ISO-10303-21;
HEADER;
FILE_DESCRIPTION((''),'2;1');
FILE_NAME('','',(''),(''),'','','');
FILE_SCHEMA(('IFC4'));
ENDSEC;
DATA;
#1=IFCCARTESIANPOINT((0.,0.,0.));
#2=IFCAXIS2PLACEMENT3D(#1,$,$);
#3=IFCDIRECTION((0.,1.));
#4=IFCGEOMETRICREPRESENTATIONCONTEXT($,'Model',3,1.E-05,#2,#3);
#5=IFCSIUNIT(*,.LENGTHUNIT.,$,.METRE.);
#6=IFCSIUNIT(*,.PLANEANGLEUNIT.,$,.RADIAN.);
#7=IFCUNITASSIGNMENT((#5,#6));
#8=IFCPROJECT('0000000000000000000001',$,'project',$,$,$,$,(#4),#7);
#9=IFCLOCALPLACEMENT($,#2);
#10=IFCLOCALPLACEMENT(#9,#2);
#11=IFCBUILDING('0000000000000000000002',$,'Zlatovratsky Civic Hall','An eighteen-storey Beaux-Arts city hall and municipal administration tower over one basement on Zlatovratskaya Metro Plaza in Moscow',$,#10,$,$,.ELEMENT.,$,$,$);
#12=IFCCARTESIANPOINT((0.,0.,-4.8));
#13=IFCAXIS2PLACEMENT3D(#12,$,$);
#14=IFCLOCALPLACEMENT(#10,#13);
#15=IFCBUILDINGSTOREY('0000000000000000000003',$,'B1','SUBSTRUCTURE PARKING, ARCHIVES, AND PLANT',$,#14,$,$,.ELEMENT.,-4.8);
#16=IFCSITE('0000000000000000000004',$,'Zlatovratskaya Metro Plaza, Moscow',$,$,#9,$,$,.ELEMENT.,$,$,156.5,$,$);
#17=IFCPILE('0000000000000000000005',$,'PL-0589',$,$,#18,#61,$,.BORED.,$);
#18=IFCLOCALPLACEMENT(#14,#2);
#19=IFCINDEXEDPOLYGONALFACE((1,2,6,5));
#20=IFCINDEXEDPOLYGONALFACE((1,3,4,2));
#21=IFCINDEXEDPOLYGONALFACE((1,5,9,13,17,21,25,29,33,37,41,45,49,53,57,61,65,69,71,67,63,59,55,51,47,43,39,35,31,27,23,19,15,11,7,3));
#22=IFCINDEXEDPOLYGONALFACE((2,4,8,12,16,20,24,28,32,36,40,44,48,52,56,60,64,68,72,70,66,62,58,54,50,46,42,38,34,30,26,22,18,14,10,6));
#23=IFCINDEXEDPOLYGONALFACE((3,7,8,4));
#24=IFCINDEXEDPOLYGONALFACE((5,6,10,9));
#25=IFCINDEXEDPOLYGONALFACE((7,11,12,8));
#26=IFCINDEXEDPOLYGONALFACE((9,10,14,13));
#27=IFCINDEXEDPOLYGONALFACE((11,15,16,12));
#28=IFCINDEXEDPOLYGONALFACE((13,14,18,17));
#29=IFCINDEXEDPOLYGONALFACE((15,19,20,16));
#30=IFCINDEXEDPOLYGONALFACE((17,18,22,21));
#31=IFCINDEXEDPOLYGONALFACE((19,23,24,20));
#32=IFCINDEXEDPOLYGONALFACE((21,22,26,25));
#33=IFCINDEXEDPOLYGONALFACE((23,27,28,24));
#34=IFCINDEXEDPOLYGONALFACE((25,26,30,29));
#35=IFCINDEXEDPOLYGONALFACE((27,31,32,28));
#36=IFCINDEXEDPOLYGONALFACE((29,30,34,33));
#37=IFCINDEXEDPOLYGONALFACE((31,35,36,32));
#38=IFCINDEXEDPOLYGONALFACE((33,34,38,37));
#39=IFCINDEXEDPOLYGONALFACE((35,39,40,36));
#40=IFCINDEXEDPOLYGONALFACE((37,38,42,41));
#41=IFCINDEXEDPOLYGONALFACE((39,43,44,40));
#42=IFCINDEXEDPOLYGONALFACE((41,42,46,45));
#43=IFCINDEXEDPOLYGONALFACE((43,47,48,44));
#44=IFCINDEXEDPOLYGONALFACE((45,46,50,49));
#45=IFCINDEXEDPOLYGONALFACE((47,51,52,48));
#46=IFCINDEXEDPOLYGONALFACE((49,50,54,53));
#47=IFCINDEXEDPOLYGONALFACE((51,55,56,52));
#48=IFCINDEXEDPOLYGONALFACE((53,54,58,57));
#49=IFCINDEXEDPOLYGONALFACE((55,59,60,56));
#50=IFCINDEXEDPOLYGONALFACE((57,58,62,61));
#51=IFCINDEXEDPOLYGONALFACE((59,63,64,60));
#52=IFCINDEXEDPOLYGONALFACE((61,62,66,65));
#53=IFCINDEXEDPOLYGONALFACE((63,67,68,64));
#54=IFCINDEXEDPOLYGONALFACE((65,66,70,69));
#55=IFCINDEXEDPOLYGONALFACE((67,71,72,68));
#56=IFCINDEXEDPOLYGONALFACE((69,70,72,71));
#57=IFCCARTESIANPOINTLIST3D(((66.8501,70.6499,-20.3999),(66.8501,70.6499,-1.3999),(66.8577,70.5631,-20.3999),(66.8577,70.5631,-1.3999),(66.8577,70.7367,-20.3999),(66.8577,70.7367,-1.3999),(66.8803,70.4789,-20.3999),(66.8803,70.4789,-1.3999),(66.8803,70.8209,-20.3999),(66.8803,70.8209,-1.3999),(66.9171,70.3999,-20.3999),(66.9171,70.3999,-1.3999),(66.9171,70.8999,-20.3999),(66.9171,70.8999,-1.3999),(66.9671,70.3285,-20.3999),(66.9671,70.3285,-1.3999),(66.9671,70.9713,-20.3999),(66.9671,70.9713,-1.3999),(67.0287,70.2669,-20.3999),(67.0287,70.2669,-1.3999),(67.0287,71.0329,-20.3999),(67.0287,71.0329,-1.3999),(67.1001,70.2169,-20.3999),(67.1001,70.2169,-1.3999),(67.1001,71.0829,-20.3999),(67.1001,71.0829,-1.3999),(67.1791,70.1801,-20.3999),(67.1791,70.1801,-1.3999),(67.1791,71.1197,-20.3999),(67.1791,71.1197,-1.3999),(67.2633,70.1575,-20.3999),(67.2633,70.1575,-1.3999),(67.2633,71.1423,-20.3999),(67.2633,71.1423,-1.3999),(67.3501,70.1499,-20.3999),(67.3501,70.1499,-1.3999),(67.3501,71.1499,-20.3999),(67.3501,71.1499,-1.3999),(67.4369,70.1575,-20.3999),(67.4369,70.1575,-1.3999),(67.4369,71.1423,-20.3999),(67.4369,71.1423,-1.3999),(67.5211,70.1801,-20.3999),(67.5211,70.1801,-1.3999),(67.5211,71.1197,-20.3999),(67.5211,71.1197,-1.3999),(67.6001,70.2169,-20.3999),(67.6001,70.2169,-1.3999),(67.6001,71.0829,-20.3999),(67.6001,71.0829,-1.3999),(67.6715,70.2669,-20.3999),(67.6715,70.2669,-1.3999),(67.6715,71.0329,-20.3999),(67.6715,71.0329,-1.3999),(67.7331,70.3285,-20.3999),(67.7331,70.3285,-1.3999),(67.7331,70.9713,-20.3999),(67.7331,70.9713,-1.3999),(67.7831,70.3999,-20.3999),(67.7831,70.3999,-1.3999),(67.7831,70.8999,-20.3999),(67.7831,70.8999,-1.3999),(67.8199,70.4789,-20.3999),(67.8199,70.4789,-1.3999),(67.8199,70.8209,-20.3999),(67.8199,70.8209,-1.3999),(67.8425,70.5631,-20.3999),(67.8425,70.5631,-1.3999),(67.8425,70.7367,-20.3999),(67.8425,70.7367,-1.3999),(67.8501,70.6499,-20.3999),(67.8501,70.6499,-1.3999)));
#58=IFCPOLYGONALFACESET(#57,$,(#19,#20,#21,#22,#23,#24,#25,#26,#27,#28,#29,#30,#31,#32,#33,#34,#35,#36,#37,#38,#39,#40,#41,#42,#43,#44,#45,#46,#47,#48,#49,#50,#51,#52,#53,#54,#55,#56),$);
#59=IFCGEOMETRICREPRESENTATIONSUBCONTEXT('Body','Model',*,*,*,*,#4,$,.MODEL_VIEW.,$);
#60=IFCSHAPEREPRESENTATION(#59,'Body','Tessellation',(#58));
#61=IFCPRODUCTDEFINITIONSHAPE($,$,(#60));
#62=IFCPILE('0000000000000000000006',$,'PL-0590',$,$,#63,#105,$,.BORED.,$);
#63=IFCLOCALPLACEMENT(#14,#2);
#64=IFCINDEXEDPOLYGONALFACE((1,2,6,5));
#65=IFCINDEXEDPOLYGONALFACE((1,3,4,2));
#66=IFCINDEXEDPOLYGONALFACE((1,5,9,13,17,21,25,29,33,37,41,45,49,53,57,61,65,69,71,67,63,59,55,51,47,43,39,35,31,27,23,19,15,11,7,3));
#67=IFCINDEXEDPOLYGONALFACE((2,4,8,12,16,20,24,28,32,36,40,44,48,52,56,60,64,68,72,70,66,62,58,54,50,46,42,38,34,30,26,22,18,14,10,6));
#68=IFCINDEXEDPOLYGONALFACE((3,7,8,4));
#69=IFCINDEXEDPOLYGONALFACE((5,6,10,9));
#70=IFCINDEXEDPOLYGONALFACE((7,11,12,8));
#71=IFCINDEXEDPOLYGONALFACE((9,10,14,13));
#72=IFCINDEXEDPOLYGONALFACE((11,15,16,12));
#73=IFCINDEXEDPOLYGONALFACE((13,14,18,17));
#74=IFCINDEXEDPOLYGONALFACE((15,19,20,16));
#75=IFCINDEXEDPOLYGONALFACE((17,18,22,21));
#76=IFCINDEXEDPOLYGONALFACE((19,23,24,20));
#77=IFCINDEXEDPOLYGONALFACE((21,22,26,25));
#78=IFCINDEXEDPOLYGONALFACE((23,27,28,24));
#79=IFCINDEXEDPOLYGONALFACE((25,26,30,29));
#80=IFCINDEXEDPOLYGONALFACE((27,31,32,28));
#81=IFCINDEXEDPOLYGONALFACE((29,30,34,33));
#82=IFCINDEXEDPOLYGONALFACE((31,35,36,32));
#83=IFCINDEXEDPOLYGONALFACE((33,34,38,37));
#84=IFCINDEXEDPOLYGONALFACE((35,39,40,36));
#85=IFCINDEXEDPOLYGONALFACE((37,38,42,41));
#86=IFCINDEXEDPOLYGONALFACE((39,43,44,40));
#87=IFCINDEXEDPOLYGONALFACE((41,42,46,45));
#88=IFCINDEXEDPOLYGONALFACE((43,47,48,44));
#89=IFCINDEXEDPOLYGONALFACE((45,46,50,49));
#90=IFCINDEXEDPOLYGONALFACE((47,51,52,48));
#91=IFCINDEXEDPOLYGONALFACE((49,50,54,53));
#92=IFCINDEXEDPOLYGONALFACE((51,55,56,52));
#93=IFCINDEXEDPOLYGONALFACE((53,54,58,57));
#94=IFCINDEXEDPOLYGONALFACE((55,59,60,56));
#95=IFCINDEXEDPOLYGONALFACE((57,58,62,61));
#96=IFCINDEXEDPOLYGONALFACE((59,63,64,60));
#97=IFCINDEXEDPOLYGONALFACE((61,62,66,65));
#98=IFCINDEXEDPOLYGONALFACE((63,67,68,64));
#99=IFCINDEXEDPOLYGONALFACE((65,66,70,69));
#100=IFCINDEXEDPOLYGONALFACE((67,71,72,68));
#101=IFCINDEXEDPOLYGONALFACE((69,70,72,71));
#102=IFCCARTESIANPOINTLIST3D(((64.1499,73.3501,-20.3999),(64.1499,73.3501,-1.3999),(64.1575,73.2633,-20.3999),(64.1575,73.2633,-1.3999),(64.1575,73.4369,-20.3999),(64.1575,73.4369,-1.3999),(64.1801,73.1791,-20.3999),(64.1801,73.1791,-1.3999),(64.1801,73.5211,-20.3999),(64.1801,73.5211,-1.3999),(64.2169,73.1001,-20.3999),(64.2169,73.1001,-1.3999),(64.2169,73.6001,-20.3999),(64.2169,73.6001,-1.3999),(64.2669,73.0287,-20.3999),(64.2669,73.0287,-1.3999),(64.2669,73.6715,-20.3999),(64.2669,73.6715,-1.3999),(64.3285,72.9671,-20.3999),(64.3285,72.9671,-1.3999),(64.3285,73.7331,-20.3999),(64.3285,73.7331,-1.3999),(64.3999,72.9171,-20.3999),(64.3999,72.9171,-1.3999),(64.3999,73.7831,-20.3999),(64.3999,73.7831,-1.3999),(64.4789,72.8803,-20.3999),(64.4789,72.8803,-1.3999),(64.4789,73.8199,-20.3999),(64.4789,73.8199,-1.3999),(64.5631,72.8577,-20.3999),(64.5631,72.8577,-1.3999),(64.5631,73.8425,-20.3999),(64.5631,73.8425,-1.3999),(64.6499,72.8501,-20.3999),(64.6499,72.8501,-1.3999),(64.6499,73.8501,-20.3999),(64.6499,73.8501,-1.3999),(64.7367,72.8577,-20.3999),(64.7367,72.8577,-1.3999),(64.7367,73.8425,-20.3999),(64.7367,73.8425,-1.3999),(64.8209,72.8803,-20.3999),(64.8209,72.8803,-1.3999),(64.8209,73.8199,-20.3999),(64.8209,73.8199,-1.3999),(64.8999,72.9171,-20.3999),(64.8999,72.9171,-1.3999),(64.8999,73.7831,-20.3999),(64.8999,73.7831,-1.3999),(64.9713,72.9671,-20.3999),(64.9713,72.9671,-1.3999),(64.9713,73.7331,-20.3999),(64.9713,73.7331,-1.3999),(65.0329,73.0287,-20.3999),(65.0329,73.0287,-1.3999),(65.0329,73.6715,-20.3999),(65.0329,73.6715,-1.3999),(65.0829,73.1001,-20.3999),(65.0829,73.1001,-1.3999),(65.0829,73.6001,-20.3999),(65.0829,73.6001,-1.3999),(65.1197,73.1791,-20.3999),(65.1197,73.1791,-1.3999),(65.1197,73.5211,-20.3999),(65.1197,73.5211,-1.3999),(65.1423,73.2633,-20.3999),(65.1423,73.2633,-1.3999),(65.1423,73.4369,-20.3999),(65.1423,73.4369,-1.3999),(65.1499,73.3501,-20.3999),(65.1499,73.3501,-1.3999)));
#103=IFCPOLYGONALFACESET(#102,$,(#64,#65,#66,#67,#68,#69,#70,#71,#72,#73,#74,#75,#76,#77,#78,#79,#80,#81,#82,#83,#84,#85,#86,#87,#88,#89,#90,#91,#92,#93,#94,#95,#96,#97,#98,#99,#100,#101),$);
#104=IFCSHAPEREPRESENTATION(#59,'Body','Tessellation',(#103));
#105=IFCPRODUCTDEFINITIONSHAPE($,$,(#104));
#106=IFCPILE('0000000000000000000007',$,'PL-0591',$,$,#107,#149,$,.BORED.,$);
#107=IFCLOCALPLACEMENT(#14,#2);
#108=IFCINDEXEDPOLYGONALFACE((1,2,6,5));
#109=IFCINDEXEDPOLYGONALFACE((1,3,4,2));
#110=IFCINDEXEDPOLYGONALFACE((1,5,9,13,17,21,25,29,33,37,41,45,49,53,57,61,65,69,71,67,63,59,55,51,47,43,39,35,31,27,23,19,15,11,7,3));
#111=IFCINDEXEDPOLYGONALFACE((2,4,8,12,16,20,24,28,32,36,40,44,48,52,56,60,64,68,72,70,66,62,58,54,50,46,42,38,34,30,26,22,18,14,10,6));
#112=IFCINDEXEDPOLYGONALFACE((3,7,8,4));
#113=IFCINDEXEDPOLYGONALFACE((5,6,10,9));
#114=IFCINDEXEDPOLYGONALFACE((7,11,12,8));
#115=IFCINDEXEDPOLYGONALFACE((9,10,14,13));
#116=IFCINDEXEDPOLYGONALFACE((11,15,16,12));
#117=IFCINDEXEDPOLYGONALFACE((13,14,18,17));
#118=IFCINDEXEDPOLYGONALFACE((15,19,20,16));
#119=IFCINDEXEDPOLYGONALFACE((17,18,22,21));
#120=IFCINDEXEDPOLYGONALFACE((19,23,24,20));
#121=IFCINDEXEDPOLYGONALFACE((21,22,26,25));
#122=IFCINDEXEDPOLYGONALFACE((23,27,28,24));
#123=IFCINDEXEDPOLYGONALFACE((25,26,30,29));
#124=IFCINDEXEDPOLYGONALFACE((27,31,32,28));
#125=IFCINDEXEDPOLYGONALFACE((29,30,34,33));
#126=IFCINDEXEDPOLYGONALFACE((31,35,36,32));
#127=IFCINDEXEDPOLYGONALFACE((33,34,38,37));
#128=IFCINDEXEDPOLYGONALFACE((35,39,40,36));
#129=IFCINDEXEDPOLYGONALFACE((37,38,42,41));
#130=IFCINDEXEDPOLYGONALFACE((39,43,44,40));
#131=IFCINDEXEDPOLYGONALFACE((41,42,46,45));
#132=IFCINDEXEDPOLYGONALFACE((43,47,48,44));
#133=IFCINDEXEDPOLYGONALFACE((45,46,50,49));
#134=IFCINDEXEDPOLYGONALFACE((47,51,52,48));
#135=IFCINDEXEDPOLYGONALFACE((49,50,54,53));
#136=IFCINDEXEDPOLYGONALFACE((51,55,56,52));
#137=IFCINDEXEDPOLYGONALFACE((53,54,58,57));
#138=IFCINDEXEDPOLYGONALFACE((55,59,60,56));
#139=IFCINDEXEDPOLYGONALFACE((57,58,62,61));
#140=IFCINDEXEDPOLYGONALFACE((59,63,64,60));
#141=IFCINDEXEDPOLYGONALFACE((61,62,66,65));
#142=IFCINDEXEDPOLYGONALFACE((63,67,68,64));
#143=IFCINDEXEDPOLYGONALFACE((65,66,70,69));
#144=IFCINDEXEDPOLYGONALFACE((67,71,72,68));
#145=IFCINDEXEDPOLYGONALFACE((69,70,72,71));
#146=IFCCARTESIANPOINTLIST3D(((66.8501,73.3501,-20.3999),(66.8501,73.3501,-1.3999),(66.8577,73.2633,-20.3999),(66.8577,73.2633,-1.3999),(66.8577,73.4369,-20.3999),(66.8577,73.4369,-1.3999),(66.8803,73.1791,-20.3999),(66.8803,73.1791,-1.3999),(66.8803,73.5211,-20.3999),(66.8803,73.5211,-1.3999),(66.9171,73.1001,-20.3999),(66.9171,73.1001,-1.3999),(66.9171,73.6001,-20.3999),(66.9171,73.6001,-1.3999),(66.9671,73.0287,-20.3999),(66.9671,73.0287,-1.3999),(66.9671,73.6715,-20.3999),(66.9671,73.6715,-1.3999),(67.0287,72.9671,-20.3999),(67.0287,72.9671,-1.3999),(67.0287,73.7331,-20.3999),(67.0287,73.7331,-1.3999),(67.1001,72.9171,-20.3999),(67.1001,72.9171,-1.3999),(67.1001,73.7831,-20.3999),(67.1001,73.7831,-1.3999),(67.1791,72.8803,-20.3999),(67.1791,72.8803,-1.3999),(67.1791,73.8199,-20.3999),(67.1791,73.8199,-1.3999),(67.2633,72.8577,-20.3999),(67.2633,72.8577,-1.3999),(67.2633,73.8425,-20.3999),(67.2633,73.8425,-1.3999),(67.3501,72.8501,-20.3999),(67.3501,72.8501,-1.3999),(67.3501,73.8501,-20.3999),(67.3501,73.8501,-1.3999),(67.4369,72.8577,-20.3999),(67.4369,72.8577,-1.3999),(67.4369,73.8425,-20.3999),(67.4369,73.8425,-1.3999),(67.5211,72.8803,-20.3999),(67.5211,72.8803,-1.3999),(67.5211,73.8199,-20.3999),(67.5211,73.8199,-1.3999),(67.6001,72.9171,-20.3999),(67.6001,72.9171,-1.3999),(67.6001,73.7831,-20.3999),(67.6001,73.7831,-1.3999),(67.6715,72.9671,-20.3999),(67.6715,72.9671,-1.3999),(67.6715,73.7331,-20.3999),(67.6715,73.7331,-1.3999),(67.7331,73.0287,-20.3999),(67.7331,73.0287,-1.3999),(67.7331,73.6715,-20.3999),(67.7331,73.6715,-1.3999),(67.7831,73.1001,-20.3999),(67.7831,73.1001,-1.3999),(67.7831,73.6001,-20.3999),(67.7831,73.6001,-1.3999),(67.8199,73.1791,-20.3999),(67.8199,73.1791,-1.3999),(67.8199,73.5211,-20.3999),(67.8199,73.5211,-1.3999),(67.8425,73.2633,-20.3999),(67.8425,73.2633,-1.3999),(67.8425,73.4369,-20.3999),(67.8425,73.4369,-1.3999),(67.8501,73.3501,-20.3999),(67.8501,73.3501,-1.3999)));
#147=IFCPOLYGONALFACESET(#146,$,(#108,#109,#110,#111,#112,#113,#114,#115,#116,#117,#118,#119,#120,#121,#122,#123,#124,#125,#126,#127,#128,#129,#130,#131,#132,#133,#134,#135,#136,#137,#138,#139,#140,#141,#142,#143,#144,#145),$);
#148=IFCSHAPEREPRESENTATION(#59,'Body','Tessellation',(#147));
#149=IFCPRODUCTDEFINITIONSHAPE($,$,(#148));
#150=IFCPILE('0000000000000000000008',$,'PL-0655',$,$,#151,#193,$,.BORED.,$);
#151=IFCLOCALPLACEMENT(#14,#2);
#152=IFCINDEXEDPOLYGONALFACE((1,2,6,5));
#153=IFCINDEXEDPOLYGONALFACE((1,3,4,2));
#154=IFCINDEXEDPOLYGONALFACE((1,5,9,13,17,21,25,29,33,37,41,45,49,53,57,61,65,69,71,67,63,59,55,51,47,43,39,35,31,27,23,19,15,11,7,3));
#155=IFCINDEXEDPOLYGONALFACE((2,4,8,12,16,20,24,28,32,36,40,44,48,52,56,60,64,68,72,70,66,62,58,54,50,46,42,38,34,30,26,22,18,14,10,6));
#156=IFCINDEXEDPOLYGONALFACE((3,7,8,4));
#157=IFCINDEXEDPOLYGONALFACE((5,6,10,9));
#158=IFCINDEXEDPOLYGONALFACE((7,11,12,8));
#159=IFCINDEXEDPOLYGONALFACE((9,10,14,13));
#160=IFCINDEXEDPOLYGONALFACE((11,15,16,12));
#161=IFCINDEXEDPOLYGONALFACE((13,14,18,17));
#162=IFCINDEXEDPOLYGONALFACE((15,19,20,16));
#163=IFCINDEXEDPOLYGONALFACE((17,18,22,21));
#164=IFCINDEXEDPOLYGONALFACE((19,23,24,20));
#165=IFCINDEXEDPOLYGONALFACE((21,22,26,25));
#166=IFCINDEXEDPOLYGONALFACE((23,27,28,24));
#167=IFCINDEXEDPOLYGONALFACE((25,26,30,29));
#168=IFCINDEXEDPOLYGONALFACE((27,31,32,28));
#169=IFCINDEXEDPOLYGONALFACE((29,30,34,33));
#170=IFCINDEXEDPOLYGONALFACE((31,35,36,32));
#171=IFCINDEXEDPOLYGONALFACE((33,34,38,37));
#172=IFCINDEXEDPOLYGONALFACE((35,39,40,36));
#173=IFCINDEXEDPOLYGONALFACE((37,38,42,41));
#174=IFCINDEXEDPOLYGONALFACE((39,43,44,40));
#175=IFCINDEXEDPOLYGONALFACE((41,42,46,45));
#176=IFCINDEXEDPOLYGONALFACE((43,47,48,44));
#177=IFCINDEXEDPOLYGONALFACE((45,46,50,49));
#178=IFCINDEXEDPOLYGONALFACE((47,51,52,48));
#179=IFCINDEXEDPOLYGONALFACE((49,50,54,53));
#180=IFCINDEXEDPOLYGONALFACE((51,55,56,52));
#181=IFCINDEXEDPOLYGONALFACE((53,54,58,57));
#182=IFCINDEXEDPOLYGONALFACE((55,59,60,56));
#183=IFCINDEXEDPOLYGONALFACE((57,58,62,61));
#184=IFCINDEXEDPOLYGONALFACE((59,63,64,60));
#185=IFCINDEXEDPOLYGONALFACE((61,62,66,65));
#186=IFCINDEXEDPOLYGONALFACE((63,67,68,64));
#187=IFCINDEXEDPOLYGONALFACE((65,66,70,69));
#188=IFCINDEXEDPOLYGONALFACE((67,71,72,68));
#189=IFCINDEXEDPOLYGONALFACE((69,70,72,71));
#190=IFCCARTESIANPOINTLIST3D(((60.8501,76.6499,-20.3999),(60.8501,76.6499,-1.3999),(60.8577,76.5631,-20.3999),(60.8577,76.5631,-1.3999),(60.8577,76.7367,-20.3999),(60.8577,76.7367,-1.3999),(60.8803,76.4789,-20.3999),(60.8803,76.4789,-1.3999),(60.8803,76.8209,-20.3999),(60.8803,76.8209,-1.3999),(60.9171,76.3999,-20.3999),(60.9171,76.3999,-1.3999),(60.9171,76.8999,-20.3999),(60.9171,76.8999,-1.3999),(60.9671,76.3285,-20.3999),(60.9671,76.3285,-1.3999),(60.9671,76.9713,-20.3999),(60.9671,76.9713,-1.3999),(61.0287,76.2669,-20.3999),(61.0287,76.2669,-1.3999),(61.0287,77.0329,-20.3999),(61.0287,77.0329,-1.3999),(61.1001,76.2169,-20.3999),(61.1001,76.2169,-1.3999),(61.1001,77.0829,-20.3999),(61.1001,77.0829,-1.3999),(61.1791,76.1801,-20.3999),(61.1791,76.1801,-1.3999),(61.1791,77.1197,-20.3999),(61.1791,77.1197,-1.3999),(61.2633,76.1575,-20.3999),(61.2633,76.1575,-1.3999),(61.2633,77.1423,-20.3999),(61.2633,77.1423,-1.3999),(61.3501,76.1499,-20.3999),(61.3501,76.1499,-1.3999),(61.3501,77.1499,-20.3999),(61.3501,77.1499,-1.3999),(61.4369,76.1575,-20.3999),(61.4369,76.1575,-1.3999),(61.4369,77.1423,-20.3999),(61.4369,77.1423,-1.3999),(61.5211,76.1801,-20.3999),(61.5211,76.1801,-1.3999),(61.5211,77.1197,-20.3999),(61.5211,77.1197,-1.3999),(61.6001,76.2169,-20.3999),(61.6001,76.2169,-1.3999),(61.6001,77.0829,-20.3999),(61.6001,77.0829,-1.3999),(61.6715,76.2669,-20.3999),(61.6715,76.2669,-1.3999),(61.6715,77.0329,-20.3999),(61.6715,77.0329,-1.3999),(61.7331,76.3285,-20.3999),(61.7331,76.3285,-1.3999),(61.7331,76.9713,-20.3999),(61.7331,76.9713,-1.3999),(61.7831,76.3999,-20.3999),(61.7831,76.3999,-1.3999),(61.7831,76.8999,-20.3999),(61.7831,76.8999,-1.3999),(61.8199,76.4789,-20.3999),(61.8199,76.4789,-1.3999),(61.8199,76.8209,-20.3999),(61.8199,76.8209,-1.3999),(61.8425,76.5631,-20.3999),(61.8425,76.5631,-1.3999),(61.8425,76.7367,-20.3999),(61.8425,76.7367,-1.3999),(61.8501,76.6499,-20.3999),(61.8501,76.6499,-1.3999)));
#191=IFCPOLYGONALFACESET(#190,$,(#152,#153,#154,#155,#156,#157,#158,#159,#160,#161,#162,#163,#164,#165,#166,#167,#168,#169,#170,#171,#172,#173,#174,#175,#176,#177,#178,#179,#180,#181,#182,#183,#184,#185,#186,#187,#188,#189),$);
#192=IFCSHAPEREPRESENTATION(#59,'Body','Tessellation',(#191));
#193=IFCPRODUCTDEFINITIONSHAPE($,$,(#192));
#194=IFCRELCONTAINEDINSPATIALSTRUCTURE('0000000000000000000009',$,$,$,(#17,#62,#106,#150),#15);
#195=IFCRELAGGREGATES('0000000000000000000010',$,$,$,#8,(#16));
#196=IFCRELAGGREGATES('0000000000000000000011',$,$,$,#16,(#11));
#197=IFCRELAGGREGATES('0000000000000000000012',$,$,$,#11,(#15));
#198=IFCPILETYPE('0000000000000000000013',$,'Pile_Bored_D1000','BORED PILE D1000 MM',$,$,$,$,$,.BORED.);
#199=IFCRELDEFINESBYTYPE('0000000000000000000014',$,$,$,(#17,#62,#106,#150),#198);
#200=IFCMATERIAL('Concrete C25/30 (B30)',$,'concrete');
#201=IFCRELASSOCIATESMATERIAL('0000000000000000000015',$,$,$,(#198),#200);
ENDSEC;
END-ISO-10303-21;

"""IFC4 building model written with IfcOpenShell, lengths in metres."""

from ifc_helpers import new_model, si_unit, direction, frame, origin, origin_2d, place, context, subcontext, project, spatial, circle, extrude, material, material_profile, profile_set, type_object, element, save


model = new_model("IFC4")

# Units and contexts
model_context = context("Model", 3, precision=1e-05, world=origin(), true_north=direction((0.0, 1.0)))
body_context = subcontext(model_context, "Body", "Model", "MODEL_VIEW")
ifc_project = project(units=[si_unit("LENGTHUNIT", "METRE"), si_unit("PLANEANGLEUNIT", "RADIAN")], contexts=[model_context])

# Site, building, storey
site_placement = place(None, origin())
site = spatial("IfcSite", under=ifc_project, at=site_placement, Name="Zlatovratskaya Metro Plaza, Moscow", CompositionType="ELEMENT", RefElevation=156.5)
building_placement = place(site_placement, origin())
building = spatial("IfcBuilding", under=site, at=building_placement, Name="Zlatovratsky Civic Hall", Description="An eighteen-storey Beaux-Arts city hall and municipal administration tower over one basement on Zlatovratskaya Metro Plaza in Moscow", CompositionType="ELEMENT")
storey_placement = place(building_placement, frame((0.0, 0.0, -4.8)))
storey = spatial("IfcBuildingStorey", under=building, at=storey_placement, Name="B1", Description="SUBSTRUCTURE PARKING, ARCHIVES, AND PLANT", CompositionType="ELEMENT", Elevation=-4.8)

# Shared definitions
ifc_material_1 = material(Name="Concrete C25/30 (B30)", Category="concrete")

# Piles
ifc_material_profile_1 = material_profile(ifc_material_1, circle(Radius=0.5, at=origin_2d()), Name="PILE D1000")
ifc_profile_set_1 = profile_set([ifc_material_profile_1], Name="Concrete C25/30 (B30)")
pile_type_1 = type_object("IfcPileType", Name="Pile_Bored_D1000", Description="BORED PILE D1000 MM", PredefinedType="BORED", material=ifc_profile_set_1)
for number, where, z_axis, x_axis, name in (
    (1, (67.3501, 70.6499, -1.3999), (0.0, 0.0, -1.0), (1.0, 0.0, 0.0), "PL-0589"),
    (2, (64.6499, 73.3501, -1.3999), (0.0, 0.0, -1.0), (1.0, 0.0, 0.0), "PL-0590"),
    (3, (67.3501, 73.3501, -1.3999), (0.0, 0.0, -1.0), (1.0, 0.0, 0.0), "PL-0591"),
    (4, (61.3501, 76.6499, -1.3999), (0.0, 0.0, -1.0), (1.0, 0.0, 0.0), "PL-0655"),
):
    element("IfcPile", number, at=place(storey_placement, frame(where, z_axis=z_axis, x_axis=x_axis)), inside=storey, type_object=pile_type_1, Name=name, PredefinedType="BORED", context=body_context, shape_type="SweptSolid", body=[
        extrude(circle(Radius=0.5, at=origin_2d()), origin(), (0.0, 0.0, 1.0), 19.0),
    ])

save(model, "model.ifc")
